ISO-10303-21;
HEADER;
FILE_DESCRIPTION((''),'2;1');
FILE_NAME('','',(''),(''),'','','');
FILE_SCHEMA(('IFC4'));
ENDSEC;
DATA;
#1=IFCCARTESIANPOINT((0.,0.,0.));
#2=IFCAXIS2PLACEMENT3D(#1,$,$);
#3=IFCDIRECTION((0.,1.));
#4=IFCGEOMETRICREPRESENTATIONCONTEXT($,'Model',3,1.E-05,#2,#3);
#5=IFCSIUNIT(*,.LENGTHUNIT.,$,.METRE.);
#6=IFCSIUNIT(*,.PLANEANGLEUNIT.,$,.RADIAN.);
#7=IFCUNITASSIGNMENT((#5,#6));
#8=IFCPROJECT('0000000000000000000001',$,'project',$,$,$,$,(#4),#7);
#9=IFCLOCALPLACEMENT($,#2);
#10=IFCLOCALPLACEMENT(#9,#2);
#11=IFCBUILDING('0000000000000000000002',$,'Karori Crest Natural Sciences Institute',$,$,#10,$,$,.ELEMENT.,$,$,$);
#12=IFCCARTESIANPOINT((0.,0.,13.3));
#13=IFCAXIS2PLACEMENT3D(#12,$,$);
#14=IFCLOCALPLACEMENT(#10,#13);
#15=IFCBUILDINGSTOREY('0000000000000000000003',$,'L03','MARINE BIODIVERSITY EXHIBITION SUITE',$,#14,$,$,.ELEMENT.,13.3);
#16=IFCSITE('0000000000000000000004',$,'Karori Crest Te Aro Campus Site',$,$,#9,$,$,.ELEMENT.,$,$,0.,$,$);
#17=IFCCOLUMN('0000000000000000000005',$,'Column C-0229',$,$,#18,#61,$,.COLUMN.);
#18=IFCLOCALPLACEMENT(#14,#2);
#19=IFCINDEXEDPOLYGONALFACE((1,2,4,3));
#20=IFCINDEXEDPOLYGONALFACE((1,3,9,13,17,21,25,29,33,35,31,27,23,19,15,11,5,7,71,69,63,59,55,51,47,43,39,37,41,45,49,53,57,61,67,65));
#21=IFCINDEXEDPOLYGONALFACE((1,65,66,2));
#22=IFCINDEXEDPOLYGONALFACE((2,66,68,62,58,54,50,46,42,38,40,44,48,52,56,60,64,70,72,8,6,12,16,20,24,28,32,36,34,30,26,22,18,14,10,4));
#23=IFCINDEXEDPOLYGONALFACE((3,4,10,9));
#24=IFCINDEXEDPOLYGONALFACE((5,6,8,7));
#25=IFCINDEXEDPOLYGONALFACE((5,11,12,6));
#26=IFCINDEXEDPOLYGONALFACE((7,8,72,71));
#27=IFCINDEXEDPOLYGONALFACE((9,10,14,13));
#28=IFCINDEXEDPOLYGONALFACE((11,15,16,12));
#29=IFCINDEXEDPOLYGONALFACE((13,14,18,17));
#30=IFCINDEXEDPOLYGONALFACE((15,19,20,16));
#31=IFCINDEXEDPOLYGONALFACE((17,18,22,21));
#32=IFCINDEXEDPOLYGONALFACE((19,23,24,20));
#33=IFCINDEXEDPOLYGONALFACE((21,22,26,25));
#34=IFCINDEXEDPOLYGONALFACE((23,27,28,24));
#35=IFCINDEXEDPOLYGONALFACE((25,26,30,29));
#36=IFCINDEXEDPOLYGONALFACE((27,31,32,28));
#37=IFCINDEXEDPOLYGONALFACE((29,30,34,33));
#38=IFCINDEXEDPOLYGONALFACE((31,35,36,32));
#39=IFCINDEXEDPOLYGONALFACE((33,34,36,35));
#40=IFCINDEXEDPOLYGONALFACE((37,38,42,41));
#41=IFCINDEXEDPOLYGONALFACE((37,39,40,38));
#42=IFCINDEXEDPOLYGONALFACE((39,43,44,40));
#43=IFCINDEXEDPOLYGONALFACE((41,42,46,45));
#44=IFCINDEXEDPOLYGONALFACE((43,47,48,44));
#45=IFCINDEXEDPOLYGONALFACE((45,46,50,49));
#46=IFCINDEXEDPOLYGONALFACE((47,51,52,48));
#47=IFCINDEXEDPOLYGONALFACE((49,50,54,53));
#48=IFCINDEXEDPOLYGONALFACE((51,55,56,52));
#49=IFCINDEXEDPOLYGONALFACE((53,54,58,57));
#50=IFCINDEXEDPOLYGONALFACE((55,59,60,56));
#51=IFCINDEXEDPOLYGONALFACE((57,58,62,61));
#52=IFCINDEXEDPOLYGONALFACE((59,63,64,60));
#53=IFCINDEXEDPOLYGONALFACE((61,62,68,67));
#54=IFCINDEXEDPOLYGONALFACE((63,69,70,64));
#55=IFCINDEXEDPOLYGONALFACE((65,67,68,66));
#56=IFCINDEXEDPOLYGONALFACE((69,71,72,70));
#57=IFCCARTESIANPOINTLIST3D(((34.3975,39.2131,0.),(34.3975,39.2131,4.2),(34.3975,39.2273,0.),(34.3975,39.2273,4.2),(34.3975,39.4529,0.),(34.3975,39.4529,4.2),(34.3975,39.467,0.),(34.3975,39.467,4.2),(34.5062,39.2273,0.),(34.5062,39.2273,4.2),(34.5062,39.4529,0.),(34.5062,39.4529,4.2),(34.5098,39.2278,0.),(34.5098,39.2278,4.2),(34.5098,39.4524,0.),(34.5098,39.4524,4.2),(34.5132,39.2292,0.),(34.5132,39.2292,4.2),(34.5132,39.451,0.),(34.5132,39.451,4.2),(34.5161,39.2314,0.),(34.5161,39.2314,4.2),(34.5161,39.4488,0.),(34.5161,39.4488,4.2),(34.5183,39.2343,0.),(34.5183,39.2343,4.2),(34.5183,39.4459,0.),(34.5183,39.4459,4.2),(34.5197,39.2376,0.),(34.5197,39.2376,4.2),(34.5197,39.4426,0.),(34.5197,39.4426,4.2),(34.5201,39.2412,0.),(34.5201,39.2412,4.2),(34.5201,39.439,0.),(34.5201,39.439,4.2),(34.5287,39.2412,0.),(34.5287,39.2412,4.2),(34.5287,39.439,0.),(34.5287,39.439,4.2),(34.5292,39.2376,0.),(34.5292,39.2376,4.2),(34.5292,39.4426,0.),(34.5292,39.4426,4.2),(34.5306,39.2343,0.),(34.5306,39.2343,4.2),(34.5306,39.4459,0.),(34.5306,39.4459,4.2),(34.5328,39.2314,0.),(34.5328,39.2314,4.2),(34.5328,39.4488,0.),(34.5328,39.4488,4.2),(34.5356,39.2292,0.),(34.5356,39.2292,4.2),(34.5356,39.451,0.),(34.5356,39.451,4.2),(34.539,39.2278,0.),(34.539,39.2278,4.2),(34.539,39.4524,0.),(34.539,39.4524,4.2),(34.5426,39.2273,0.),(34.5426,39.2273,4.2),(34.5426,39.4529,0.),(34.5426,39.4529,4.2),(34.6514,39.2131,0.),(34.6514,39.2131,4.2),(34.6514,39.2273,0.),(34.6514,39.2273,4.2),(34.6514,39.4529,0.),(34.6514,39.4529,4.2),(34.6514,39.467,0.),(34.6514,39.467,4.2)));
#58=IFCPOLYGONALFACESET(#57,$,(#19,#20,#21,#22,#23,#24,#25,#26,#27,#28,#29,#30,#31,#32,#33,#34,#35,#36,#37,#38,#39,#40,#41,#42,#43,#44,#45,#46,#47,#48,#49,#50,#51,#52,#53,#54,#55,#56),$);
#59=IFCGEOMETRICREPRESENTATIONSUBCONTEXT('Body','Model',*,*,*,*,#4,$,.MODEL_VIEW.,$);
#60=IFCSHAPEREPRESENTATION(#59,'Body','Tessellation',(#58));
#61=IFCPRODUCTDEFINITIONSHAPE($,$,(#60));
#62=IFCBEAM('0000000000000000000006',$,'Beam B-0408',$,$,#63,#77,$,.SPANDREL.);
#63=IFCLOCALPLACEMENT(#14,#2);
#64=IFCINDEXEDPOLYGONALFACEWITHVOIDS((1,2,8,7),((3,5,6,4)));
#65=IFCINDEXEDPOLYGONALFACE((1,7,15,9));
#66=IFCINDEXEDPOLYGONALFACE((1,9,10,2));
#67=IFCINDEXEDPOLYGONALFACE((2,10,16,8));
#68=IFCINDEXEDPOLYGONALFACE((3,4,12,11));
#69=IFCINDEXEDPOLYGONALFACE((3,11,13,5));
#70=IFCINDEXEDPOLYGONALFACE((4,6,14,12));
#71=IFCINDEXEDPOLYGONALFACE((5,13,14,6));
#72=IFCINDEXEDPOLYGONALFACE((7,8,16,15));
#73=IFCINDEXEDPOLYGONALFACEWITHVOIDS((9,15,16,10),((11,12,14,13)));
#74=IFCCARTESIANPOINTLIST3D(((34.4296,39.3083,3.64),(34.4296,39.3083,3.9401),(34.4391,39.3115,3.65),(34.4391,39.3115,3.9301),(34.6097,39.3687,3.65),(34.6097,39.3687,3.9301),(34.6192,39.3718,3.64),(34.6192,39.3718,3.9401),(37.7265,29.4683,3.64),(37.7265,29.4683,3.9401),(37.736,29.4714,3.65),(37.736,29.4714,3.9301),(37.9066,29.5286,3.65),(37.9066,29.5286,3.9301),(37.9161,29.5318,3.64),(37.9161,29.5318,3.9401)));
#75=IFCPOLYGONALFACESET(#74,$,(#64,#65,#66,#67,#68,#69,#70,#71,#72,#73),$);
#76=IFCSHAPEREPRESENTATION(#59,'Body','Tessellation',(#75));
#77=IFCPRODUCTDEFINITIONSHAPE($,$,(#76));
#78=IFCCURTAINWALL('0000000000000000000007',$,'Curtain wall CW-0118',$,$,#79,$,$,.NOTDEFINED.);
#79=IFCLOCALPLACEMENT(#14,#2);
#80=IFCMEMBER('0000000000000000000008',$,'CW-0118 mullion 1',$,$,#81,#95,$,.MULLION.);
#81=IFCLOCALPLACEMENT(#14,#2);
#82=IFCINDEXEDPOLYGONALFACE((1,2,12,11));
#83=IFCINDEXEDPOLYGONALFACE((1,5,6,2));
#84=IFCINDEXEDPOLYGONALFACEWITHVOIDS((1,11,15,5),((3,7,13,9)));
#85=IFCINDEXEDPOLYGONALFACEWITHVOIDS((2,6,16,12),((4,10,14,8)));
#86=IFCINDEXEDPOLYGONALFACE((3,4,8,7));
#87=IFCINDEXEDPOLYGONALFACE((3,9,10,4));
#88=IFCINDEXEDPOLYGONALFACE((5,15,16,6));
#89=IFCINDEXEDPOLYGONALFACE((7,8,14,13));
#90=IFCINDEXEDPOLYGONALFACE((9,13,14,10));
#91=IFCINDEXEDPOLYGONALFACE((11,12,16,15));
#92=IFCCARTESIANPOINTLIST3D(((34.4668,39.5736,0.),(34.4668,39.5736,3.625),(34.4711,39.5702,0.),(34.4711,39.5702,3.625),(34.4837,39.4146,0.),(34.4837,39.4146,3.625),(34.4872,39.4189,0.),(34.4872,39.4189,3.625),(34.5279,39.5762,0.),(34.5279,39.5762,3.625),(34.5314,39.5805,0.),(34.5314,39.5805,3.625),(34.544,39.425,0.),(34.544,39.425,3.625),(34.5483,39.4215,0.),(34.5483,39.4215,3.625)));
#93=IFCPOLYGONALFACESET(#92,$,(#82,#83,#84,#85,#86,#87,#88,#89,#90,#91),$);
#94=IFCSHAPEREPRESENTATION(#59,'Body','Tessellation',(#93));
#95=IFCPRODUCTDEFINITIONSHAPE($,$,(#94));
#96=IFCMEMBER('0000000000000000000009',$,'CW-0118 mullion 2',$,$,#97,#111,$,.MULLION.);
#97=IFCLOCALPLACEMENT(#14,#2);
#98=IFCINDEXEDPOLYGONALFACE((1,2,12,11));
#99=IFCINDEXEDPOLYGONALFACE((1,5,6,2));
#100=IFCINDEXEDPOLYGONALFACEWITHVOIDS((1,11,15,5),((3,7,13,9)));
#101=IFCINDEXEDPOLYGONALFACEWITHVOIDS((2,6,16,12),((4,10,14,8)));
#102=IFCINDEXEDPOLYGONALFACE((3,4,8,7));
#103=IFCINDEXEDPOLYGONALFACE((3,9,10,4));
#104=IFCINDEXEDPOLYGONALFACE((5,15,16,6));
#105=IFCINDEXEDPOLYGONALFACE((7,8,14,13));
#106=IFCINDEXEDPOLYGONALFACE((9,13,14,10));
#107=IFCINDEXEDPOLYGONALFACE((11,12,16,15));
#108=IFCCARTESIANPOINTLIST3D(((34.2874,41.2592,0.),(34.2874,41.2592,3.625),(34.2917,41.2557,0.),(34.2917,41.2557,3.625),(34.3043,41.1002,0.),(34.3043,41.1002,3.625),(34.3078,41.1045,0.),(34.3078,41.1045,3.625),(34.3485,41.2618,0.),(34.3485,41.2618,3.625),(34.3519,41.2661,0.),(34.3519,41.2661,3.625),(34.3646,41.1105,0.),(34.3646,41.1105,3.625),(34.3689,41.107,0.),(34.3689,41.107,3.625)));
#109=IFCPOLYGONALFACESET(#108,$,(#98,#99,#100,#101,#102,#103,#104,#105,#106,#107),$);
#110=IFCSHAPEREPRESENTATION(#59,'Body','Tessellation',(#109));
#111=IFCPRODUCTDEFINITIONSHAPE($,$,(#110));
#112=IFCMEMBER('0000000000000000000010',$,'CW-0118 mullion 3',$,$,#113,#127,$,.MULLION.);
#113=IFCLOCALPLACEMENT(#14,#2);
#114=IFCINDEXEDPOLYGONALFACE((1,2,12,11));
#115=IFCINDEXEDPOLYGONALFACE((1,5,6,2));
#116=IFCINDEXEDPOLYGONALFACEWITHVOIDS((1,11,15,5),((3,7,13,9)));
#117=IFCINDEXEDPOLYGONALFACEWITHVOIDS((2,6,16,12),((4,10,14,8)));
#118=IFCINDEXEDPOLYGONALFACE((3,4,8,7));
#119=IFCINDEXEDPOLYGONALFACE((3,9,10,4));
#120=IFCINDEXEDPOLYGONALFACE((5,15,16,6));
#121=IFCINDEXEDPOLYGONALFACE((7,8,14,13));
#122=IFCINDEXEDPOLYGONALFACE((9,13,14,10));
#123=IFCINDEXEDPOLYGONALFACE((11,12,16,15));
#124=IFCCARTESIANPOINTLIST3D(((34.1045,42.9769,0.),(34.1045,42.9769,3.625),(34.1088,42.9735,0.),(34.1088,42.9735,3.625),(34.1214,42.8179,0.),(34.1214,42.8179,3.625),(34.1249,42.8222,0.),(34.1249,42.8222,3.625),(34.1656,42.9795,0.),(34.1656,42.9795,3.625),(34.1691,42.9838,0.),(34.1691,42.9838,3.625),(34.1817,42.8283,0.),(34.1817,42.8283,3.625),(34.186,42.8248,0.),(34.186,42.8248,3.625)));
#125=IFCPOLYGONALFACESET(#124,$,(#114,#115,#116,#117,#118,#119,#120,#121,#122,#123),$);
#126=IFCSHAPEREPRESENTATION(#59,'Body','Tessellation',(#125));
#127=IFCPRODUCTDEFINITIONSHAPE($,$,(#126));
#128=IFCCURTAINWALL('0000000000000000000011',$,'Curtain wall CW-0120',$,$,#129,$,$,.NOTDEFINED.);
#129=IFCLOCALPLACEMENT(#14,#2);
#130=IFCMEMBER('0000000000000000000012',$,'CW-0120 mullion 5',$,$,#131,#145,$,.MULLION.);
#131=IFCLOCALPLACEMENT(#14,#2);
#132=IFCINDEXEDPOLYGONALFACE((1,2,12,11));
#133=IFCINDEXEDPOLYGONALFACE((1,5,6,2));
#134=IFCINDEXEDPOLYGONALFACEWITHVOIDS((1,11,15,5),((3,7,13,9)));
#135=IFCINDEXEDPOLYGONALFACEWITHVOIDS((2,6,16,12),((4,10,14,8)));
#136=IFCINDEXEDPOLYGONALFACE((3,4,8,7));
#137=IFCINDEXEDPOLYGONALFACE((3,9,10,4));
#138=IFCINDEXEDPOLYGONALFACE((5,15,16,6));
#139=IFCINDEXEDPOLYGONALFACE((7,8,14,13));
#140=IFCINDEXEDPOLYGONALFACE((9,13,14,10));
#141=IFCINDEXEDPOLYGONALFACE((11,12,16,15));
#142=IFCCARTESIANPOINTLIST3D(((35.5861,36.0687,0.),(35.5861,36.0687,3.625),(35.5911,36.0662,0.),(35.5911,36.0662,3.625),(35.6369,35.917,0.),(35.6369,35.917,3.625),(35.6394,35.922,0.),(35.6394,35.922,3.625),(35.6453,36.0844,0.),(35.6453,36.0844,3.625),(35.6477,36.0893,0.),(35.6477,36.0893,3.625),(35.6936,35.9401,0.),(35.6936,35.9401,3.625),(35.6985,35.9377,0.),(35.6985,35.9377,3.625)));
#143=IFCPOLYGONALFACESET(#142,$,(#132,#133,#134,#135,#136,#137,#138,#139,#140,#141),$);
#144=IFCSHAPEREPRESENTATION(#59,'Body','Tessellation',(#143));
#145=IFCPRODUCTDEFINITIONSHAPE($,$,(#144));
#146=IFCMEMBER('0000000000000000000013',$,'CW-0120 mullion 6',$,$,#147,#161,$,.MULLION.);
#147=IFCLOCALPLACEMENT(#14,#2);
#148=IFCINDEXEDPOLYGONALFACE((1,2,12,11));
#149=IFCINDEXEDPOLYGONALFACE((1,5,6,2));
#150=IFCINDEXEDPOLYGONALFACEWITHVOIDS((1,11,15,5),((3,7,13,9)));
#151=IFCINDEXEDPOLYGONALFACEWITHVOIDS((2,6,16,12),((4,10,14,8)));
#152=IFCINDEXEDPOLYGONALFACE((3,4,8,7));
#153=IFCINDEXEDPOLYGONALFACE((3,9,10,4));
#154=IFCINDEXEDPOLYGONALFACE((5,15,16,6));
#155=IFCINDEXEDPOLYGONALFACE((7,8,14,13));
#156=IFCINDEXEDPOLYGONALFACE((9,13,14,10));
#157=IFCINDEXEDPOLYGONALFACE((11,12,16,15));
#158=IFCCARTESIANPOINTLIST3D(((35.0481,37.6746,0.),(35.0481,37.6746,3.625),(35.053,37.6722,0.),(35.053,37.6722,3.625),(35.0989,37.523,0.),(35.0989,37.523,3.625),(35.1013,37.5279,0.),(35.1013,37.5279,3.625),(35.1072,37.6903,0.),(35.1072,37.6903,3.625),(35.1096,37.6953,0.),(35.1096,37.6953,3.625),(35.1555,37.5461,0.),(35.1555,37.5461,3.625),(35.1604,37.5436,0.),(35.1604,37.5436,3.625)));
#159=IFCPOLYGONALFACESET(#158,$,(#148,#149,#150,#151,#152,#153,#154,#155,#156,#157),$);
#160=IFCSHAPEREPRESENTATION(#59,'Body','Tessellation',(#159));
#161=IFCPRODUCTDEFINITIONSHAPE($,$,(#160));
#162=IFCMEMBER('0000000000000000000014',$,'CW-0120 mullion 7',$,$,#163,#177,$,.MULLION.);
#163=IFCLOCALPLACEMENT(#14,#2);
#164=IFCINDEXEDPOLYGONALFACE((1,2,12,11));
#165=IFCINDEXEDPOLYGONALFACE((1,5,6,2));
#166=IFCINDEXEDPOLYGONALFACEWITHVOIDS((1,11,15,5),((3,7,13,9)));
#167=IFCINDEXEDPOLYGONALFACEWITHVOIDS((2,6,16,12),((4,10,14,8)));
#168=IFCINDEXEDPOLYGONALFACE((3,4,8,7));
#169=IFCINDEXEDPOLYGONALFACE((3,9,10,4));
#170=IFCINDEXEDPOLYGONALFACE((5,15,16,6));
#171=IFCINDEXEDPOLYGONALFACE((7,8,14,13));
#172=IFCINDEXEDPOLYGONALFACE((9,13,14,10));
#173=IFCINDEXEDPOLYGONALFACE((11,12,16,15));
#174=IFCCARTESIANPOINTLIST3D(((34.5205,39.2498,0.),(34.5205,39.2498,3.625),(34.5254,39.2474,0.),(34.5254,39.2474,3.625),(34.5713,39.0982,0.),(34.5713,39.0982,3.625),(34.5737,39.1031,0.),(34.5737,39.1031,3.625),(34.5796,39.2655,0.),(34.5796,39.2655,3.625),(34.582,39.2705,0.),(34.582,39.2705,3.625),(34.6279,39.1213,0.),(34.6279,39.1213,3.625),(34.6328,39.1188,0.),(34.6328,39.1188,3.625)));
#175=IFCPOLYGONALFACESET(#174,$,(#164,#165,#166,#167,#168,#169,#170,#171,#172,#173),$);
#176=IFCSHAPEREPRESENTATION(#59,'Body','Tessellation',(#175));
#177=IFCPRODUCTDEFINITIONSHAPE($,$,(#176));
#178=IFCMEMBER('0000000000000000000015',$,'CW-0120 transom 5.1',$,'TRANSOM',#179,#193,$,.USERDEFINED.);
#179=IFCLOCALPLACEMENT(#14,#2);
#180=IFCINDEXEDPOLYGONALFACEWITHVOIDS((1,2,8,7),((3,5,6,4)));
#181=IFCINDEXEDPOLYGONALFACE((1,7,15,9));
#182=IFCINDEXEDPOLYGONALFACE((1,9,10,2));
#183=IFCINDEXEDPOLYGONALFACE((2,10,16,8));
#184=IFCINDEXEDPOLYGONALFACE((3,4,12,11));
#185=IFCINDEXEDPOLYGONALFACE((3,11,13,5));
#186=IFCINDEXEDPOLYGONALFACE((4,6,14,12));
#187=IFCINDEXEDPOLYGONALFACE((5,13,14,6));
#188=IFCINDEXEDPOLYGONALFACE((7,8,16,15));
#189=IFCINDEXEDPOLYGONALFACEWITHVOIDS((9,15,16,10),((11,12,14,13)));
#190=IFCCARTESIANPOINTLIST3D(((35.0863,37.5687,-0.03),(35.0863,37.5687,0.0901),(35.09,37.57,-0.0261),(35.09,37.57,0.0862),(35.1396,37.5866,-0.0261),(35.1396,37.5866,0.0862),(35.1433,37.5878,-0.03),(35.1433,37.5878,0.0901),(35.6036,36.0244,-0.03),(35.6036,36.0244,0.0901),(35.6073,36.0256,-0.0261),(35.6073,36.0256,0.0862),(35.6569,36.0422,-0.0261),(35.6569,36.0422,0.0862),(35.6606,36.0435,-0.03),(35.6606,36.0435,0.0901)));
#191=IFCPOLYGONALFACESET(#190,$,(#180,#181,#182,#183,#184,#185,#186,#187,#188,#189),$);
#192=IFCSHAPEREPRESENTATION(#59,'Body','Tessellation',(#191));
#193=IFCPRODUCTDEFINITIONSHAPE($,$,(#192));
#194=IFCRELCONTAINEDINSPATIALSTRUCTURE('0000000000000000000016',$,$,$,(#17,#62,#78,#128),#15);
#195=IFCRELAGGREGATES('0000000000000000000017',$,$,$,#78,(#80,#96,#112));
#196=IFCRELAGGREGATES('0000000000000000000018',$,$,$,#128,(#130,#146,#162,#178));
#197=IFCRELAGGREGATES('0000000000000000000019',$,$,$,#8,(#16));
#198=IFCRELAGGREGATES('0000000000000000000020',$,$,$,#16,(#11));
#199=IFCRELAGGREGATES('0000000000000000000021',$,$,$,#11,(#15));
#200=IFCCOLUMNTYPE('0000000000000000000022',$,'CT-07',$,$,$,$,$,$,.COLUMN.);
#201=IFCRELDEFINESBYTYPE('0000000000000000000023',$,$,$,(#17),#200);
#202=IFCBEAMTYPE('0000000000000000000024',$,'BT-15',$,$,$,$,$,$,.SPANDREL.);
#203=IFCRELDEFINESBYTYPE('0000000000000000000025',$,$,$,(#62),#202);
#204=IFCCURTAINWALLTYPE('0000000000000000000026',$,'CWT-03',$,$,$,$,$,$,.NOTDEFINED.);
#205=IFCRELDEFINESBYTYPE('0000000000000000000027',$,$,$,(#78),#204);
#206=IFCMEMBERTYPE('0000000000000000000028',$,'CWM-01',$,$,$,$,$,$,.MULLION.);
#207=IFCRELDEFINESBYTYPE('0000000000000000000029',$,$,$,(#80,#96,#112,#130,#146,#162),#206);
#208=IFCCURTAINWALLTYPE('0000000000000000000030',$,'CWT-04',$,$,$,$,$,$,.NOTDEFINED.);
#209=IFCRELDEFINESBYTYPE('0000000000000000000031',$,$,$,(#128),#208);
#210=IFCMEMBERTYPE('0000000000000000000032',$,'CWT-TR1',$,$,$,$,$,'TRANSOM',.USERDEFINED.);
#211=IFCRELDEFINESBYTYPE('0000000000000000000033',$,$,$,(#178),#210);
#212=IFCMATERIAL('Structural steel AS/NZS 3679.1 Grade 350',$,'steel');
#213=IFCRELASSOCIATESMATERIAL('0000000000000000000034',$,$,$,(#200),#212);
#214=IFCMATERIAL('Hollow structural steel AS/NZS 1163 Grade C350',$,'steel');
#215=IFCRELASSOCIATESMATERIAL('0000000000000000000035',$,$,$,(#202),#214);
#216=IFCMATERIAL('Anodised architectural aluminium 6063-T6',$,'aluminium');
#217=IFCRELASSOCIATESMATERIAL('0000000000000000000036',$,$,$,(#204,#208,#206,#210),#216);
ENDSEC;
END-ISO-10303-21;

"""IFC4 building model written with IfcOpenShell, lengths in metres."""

from ifc_helpers import new_model, si_unit, direction, frame, origin, origin_2d, place, context, subcontext, project, spatial, hollow_rectangle, i_section, extrude, material, material_profile, profile_set, type_object, element, aggregate, save


model = new_model("IFC4")

# Units and contexts
model_context = context("Model", 3, precision=1e-05, world=origin(), true_north=direction((0.0, 1.0)))
body_context = subcontext(model_context, "Body", "Model", "MODEL_VIEW")
ifc_project = project(units=[si_unit("LENGTHUNIT", "METRE"), si_unit("PLANEANGLEUNIT", "RADIAN")], contexts=[model_context])

# Site, building, storey
site_placement = place(None, origin())
site = spatial("IfcSite", under=ifc_project, at=site_placement, Name="Karori Crest Te Aro Campus Site", CompositionType="ELEMENT", RefElevation=0.0)
building_placement = place(site_placement, origin())
building = spatial("IfcBuilding", under=site, at=building_placement, Name="Karori Crest Natural Sciences Institute", CompositionType="ELEMENT")
storey_placement = place(building_placement, frame((0.0, 0.0, 13.3)))
storey = spatial("IfcBuildingStorey", under=building, at=storey_placement, Name="L03", Description="MARINE BIODIVERSITY EXHIBITION SUITE", CompositionType="ELEMENT", Elevation=13.3)

# Column
ifc_material_1 = material(Name="Structural steel AS/NZS 3679.1 Grade 350", Category="steel")
ifc_material_profile_1 = material_profile(ifc_material_1, i_section(OverallWidth=0.2539, OverallDepth=0.2539, WebThickness=0.0085, FlangeThickness=0.0142, FilletRadius=0.0139, at=origin_2d()), Name="250UC72.9")
ifc_profile_set_1 = profile_set([ifc_material_profile_1], Name="Structural steel AS/NZS 3679.1 Grade 350")
column_type = type_object("IfcColumnType", Name="CT-07", PredefinedType="COLUMN", material=ifc_profile_set_1)
column_placement = place(storey_placement, frame((34.5244, 39.3401, 0.0), z_axis=(0.0, 0.0, 1.0), x_axis=(1.0, 0.0, 0.0)))
element("IfcColumn", 1, at=column_placement, inside=storey, type_object=column_type, Name="Column C-0229", PredefinedType="COLUMN", context=body_context, shape_type="SweptSolid", body=[
    extrude(i_section(OverallWidth=0.2539, OverallDepth=0.2539, WebThickness=0.0085, FlangeThickness=0.0142, FilletRadius=0.0139, at=origin_2d()), origin(), (0.0, 0.0, 1.0), 4.2),
])

# Beam
ifc_material_2 = material(Name="Hollow structural steel AS/NZS 1163 Grade C350", Category="steel")
ifc_material_profile_2 = material_profile(ifc_material_2, hollow_rectangle(XDim=0.2, YDim=0.3, WallThickness=0.01, at=origin_2d()), Name="RHS300x200x10")
ifc_profile_set_2 = profile_set([ifc_material_profile_2], Name="Hollow structural steel AS/NZS 1163 Grade C350")
beam_type = type_object("IfcBeamType", Name="BT-15", PredefinedType="SPANDREL", material=ifc_profile_set_2)
beam_placement = place(storey_placement, frame((34.5244, 39.3401, 3.79), z_axis=(0.317688, -0.948195, 0.0), x_axis=(0.948195, 0.317688, 0.0)))
element("IfcBeam", 2, at=beam_placement, inside=storey, type_object=beam_type, Name="Beam B-0408", PredefinedType="SPANDREL", context=body_context, shape_type="SweptSolid", body=[
    extrude(hollow_rectangle(XDim=0.2, YDim=0.3, WallThickness=0.01, at=origin_2d()), origin(), (0.0, 0.0, 1.0), 10.3777),
])

# Curtain walls, members
ifc_material_3 = material(Name="Anodised architectural aluminium 6063-T6", Category="aluminium")
curtain_wall_type_1 = type_object("IfcCurtainWallType", Name="CWT-03", PredefinedType="NOTDEFINED", material=ifc_material_3)
curtain_wall_1_placement = place(storey_placement, origin())
curtain_wall_1 = element("IfcCurtainWall", 3, at=curtain_wall_1_placement, inside=storey, type_object=curtain_wall_type_1, Name="Curtain wall CW-0118", PredefinedType="NOTDEFINED")
ifc_material_profile_3 = material_profile(ifc_material_3, hollow_rectangle(XDim=0.0649, YDim=0.1599, WallThickness=0.0039, at=origin_2d()), Name="CWM160x65x4")
ifc_profile_set_3 = profile_set([ifc_material_profile_3], Name="Anodised architectural aluminium 6063-T6")
member_type_1 = type_object("IfcMemberType", Name="CWM-01", PredefinedType="MULLION", material=ifc_profile_set_3)
member_1_placement = place(storey_placement, frame((34.5076, 39.4976, 0.0), z_axis=(0.0, 0.0, 1.0), x_axis=(-0.994378, -0.105884, 0.0)))
member_1 = element("IfcMember", 4, at=member_1_placement, type_object=member_type_1, Name="CW-0118 mullion 1", PredefinedType="MULLION", context=body_context, shape_type="SweptSolid", body=[
    extrude(hollow_rectangle(XDim=0.0649, YDim=0.1599, WallThickness=0.0039, at=origin_2d()), origin(), (0.0, 0.0, 1.0), 3.625),
])
member_2_placement = place(storey_placement, frame((34.3281, 41.1831, 0.0), z_axis=(0.0, 0.0, 1.0), x_axis=(-0.994378, -0.105884, 0.0)))
member_2 = element("IfcMember", 5, at=member_2_placement, type_object=member_type_1, Name="CW-0118 mullion 2", PredefinedType="MULLION", context=body_context, shape_type="SweptSolid", body=[
    extrude(hollow_rectangle(XDim=0.0649, YDim=0.1599, WallThickness=0.0039, at=origin_2d()), origin(), (0.0, 0.0, 1.0), 3.625),
])
member_3_placement = place(storey_placement, frame((34.1453, 42.9009, 0.0), z_axis=(0.0, 0.0, 1.0), x_axis=(-0.994378, -0.105884, 0.0)))
member_3 = element("IfcMember", 6, at=member_3_placement, type_object=member_type_1, Name="CW-0118 mullion 3", PredefinedType="MULLION", context=body_context, shape_type="SweptSolid", body=[
    extrude(hollow_rectangle(XDim=0.0649, YDim=0.1599, WallThickness=0.0039, at=origin_2d()), origin(), (0.0, 0.0, 1.0), 3.625),
])
curtain_wall_type_2 = type_object("IfcCurtainWallType", Name="CWT-04", PredefinedType="NOTDEFINED", material=ifc_material_3)
curtain_wall_2_placement = place(storey_placement, origin())
curtain_wall_2 = element("IfcCurtainWall", 7, at=curtain_wall_2_placement, inside=storey, type_object=curtain_wall_type_2, Name="Curtain wall CW-0120", PredefinedType="NOTDEFINED")
member_4_placement = place(storey_placement, frame((35.6423, 36.0032, 0.0), z_axis=(0.0, 0.0, 1.0), x_axis=(-0.948198, -0.31768, 0.0)))
member_4 = element("IfcMember", 8, at=member_4_placement, type_object=member_type_1, Name="CW-0120 mullion 5", PredefinedType="MULLION", context=body_context, shape_type="SweptSolid", body=[
    extrude(hollow_rectangle(XDim=0.0649, YDim=0.1599, WallThickness=0.0039, at=origin_2d()), origin(), (0.0, 0.0, 1.0), 3.625),
])
member_5_placement = place(storey_placement, frame((35.1042, 37.6091, 0.0), z_axis=(0.0, 0.0, 1.0), x_axis=(-0.948198, -0.31768, 0.0)))
member_5 = element("IfcMember", 9, at=member_5_placement, type_object=member_type_1, Name="CW-0120 mullion 6", PredefinedType="MULLION", context=body_context, shape_type="SweptSolid", body=[
    extrude(hollow_rectangle(XDim=0.0649, YDim=0.1599, WallThickness=0.0039, at=origin_2d()), origin(), (0.0, 0.0, 1.0), 3.625),
])
member_6_placement = place(storey_placement, frame((34.5767, 39.1843, 0.0), z_axis=(0.0, 0.0, 1.0), x_axis=(-0.948198, -0.31768, 0.0)))
member_6 = element("IfcMember", 10, at=member_6_placement, type_object=member_type_1, Name="CW-0120 mullion 7", PredefinedType="MULLION", context=body_context, shape_type="SweptSolid", body=[
    extrude(hollow_rectangle(XDim=0.0649, YDim=0.1599, WallThickness=0.0039, at=origin_2d()), origin(), (0.0, 0.0, 1.0), 3.625),
])
ifc_material_profile_4 = material_profile(ifc_material_3, hollow_rectangle(XDim=0.0601, YDim=0.1201, WallThickness=0.0039, at=origin_2d()), Name="CWT120x60x4")
ifc_profile_set_4 = profile_set([ifc_material_profile_4], Name="Anodised architectural aluminium 6063-T6")
member_type_2 = type_object("IfcMemberType", Name="CWT-TR1", ElementType="TRANSOM", PredefinedType="USERDEFINED", material=ifc_profile_set_4)
member_7_placement = place(storey_placement, frame((35.6321, 36.0339, 0.03), z_axis=(-0.317621, 0.948218, 0.0), x_axis=(-0.948218, -0.317621, 0.0)))
member_7 = element("IfcMember", 11, at=member_7_placement, type_object=member_type_2, Name="CW-0120 transom 5.1", ObjectType="TRANSOM", PredefinedType="USERDEFINED", context=body_context, shape_type="SweptSolid", body=[
    extrude(hollow_rectangle(XDim=0.0601, YDim=0.1201, WallThickness=0.0039, at=origin_2d()), origin(), (0.0, 0.0, 1.0), 1.6287),
])

aggregate(curtain_wall_1, [member_1, member_2, member_3])
aggregate(curtain_wall_2, [member_4, member_5, member_6, member_7])

save(model, "model.ifc")
